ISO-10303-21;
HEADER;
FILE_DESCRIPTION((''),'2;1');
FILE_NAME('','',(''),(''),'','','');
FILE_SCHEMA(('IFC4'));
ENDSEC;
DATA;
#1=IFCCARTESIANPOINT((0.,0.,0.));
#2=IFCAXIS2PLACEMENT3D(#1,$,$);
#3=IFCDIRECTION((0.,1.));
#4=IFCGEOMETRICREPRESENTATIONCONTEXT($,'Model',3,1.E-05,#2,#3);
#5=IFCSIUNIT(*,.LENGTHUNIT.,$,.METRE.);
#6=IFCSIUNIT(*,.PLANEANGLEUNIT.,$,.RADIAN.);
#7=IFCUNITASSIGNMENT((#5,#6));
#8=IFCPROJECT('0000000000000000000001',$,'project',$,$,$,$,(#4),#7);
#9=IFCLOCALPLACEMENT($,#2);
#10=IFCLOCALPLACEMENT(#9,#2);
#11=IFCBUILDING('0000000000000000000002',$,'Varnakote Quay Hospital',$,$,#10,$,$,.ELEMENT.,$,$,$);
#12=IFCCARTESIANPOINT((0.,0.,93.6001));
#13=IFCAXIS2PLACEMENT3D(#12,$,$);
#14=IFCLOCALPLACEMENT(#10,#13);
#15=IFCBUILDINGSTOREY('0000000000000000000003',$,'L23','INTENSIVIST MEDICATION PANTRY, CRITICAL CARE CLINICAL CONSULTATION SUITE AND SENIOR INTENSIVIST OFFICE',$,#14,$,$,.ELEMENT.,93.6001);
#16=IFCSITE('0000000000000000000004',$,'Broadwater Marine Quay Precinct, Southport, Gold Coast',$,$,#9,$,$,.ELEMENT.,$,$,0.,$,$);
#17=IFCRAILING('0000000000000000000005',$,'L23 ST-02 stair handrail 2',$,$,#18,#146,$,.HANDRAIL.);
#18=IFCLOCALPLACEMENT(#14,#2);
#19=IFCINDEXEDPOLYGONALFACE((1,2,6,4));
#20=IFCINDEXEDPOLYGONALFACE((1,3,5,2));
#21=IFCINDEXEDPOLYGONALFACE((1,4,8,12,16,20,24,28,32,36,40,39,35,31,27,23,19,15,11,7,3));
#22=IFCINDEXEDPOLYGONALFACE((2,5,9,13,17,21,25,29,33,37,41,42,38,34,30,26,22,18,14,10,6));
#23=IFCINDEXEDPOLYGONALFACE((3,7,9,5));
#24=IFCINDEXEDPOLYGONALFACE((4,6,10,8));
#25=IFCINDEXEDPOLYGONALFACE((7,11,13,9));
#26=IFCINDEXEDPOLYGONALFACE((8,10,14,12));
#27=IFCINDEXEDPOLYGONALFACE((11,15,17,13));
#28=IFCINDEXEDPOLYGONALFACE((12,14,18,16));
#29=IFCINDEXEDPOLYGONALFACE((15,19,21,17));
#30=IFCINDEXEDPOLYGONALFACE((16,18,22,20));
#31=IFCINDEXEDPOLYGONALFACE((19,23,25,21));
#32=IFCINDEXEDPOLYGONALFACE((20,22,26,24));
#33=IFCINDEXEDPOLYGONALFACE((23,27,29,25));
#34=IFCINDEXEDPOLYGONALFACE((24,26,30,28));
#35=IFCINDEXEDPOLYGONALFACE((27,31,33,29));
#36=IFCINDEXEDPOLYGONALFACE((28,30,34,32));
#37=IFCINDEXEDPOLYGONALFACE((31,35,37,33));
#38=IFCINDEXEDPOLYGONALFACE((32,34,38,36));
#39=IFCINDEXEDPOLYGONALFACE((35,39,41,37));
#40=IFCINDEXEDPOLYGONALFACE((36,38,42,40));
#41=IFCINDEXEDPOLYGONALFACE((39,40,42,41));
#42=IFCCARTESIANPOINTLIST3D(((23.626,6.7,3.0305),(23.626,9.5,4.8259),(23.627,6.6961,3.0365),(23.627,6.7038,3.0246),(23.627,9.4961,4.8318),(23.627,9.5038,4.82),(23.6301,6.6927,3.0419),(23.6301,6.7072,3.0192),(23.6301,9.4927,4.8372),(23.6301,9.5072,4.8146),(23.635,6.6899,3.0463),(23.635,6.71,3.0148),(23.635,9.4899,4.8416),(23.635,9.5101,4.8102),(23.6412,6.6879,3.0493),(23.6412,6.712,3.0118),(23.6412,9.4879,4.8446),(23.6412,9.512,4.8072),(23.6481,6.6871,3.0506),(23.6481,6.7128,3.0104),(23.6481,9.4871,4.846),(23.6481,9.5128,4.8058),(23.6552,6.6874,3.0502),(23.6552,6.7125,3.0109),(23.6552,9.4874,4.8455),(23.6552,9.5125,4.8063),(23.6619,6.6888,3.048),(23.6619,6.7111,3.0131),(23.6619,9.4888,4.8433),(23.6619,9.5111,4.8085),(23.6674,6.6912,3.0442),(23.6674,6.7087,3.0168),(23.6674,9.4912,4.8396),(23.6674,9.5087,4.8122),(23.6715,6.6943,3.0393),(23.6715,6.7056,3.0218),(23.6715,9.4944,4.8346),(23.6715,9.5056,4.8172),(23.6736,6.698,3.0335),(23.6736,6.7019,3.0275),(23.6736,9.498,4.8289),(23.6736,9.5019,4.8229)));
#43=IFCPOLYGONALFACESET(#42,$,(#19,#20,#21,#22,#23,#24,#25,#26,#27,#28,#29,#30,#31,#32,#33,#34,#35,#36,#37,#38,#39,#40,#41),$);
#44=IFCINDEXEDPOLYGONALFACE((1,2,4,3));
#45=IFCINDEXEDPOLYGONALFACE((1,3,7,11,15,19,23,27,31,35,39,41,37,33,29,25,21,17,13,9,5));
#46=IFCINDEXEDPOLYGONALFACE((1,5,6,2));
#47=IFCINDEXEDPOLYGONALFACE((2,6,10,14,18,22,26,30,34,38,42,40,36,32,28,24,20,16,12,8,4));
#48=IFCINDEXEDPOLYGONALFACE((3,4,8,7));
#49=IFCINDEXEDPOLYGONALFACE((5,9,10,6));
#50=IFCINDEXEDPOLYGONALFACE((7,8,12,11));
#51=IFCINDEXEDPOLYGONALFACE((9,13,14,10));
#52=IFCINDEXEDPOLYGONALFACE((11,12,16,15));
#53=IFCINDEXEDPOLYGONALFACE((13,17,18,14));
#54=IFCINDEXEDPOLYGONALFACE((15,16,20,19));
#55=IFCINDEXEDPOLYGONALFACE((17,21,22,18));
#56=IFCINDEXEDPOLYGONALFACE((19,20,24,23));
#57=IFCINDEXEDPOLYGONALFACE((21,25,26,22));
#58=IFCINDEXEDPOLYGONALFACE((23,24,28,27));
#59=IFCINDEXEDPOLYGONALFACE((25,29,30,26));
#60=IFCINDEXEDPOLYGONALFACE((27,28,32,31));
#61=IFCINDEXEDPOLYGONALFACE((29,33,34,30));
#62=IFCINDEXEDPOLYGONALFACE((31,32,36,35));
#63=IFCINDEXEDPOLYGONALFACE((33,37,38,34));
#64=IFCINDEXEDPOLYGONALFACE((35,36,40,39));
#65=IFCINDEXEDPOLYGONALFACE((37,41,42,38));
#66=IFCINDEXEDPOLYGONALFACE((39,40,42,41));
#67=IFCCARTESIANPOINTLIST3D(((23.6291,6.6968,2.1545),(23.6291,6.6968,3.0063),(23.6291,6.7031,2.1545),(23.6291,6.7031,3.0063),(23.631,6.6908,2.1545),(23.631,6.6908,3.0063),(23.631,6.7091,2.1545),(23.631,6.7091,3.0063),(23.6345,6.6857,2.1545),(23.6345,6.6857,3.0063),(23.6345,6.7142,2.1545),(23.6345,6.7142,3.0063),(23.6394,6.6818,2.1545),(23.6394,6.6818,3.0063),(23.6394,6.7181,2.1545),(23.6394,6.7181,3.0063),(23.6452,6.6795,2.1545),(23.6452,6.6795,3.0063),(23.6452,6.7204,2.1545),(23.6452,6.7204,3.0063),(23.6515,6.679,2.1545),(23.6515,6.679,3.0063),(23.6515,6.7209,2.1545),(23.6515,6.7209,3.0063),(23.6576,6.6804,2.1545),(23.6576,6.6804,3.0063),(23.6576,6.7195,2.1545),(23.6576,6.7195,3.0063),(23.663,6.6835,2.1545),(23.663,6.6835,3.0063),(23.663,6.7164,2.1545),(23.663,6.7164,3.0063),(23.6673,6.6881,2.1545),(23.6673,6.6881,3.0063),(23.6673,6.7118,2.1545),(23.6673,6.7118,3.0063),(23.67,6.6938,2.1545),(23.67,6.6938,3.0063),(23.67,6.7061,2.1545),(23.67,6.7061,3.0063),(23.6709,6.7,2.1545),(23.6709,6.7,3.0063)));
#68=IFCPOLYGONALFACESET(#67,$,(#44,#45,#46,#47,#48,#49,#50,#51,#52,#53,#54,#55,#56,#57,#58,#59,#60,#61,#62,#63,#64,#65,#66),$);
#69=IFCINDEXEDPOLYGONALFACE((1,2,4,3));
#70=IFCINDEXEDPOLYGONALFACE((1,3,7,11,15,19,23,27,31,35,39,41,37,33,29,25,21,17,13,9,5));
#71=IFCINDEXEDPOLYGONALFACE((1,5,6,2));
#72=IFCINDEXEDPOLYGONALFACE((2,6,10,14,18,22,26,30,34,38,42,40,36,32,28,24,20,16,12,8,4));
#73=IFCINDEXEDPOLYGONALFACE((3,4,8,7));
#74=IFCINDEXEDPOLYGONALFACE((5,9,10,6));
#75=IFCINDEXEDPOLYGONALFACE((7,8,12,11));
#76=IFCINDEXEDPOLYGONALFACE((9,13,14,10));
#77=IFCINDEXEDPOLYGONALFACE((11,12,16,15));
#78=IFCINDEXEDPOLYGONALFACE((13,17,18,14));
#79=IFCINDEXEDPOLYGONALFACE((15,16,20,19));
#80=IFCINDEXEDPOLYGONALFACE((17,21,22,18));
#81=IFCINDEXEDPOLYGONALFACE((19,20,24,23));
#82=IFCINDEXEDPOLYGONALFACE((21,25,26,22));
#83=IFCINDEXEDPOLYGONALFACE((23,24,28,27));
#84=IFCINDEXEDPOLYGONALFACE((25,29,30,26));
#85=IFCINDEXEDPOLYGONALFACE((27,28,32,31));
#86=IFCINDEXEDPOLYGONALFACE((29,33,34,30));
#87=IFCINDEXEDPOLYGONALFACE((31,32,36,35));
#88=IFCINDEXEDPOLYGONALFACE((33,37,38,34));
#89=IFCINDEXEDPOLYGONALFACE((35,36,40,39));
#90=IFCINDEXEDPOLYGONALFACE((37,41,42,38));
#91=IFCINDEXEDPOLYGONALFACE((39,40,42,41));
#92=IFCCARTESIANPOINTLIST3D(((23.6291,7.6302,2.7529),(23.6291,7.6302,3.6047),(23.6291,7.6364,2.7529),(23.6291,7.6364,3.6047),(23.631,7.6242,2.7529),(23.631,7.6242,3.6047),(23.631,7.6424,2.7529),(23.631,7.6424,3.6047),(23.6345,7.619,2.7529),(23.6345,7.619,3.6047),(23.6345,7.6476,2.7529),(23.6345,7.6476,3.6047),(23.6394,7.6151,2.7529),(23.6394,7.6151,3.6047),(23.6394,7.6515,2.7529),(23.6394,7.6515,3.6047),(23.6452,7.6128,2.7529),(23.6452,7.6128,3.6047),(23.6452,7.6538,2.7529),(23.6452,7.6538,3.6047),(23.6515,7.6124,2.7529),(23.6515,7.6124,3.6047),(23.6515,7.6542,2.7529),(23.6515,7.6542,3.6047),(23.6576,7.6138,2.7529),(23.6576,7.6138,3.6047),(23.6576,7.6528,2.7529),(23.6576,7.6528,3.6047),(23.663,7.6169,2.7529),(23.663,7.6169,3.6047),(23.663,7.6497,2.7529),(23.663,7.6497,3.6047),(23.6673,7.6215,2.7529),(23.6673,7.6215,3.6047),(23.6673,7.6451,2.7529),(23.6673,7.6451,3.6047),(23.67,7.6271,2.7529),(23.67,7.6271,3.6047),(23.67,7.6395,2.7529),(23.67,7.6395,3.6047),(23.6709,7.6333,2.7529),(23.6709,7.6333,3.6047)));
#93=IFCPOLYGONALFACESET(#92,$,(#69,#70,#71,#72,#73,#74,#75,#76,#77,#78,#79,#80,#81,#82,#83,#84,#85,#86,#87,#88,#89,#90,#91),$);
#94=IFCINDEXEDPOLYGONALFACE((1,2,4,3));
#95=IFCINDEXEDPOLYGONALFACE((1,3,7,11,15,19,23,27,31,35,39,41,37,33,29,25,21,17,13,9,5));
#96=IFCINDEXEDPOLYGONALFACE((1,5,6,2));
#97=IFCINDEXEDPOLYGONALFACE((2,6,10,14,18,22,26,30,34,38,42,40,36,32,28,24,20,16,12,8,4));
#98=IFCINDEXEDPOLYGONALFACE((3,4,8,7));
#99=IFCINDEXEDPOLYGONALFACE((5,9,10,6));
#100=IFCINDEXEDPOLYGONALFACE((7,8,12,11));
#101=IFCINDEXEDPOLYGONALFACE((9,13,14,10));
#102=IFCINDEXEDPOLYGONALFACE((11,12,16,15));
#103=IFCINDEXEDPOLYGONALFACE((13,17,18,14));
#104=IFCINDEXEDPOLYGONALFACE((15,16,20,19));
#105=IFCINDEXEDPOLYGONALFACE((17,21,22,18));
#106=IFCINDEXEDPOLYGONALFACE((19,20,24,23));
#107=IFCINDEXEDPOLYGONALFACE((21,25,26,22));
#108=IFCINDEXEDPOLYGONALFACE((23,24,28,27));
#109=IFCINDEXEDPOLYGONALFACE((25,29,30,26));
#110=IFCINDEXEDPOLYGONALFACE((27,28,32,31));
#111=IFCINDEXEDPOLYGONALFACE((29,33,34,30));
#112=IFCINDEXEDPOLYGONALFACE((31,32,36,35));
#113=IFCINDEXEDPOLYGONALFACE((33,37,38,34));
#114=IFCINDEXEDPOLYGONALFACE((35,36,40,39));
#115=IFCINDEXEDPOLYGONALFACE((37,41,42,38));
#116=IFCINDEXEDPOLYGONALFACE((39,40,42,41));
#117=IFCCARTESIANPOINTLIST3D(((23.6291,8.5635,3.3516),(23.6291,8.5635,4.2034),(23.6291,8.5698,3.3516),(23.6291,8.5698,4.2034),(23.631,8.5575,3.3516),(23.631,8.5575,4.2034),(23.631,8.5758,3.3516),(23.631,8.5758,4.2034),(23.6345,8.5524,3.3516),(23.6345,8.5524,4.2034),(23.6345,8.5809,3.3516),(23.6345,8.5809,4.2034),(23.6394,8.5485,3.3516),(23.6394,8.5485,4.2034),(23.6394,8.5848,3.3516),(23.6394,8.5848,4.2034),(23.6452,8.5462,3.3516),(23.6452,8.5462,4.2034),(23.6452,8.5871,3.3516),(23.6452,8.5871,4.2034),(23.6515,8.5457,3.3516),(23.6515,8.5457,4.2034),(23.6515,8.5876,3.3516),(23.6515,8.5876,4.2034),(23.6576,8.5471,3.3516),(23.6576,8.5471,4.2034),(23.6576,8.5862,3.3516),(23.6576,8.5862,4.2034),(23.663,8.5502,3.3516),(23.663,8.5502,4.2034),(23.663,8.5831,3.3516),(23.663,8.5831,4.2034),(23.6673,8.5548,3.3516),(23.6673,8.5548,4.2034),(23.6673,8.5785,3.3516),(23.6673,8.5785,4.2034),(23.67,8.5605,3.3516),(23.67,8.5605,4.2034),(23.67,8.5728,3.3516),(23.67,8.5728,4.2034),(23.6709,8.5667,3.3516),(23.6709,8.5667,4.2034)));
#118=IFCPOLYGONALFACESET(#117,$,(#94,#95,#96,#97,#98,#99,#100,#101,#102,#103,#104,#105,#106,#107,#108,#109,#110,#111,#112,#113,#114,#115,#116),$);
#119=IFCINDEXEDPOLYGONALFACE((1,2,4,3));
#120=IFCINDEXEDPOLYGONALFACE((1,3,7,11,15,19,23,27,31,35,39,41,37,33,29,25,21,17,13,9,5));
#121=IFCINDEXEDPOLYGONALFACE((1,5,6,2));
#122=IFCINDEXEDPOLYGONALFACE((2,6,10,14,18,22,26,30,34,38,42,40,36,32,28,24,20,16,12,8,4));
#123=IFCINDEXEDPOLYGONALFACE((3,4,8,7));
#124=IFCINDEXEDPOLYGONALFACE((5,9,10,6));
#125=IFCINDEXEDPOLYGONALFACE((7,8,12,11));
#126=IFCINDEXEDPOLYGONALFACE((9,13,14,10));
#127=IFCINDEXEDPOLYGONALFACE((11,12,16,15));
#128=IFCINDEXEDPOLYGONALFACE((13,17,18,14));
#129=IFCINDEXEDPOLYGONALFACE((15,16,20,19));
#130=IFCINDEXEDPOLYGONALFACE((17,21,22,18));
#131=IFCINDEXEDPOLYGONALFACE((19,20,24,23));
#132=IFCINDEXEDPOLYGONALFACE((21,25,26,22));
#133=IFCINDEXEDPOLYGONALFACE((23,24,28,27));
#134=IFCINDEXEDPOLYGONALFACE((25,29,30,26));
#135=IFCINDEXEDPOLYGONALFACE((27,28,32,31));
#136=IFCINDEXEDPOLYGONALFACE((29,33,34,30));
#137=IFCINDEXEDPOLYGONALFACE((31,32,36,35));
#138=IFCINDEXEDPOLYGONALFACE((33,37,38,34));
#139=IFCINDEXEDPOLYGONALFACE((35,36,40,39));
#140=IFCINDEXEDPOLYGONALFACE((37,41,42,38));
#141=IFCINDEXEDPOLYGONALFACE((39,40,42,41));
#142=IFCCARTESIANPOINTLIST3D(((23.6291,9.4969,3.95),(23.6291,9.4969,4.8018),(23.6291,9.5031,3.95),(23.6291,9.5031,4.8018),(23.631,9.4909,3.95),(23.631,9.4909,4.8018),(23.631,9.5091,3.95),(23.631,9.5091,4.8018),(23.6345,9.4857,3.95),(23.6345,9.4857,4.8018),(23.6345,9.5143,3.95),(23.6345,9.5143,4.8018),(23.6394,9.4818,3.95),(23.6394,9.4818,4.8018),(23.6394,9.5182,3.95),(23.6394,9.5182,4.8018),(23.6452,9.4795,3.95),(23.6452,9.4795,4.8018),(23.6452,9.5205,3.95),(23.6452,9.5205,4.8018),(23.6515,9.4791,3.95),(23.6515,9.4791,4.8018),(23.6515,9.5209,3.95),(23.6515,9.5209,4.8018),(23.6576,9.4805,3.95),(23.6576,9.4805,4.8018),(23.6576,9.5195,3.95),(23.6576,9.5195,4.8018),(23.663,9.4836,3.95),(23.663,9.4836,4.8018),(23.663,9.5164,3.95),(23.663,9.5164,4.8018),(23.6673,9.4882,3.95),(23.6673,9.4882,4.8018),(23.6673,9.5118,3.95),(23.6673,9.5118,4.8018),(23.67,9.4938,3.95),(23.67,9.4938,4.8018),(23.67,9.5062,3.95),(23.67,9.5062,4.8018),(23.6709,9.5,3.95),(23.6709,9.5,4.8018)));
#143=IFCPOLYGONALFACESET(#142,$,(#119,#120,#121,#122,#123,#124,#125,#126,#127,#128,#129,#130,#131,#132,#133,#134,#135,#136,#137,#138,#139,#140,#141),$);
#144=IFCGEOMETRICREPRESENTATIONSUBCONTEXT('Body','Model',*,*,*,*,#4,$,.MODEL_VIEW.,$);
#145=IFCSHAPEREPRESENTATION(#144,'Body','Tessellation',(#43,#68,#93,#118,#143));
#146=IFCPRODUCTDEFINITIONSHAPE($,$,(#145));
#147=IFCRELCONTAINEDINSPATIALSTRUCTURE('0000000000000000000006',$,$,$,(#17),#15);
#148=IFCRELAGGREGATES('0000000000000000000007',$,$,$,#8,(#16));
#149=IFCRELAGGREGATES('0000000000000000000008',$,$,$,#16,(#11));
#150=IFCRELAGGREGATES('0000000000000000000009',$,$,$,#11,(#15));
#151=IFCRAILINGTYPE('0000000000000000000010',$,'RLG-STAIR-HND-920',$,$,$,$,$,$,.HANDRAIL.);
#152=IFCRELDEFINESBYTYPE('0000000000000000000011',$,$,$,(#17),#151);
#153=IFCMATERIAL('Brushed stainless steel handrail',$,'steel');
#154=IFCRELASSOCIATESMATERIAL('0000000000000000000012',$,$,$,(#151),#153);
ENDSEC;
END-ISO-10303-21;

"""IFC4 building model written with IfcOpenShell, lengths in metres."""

from ifc_helpers import new_model, si_unit, direction, frame, origin, origin_2d, place, context, subcontext, project, spatial, circle, extrude, material, type_object, element, save


model = new_model("IFC4")

# Units and contexts
model_context = context("Model", 3, precision=1e-05, world=origin(), true_north=direction((0.0, 1.0)))
body_context = subcontext(model_context, "Body", "Model", "MODEL_VIEW")
ifc_project = project(units=[si_unit("LENGTHUNIT", "METRE"), si_unit("PLANEANGLEUNIT", "RADIAN")], contexts=[model_context])

# Site, building, storey
site_placement = place(None, origin())
site = spatial("IfcSite", under=ifc_project, at=site_placement, Name="Broadwater Marine Quay Precinct, Southport, Gold Coast", CompositionType="ELEMENT", RefElevation=0.0)
building_placement = place(site_placement, origin())
building = spatial("IfcBuilding", under=site, at=building_placement, Name="Varnakote Quay Hospital", CompositionType="ELEMENT")
storey_placement = place(building_placement, frame((0.0, 0.0, 93.6001)))
storey = spatial("IfcBuildingStorey", under=building, at=storey_placement, Name="L23", Description="INTENSIVIST MEDICATION PANTRY, CRITICAL CARE CLINICAL CONSULTATION SUITE AND SENIOR INTENSIVIST OFFICE", CompositionType="ELEMENT", Elevation=93.6001)

# Railing
ifc_material_1 = material(Name="Brushed stainless steel handrail", Category="steel")
railing_type_1 = type_object("IfcRailingType", Name="RLG-STAIR-HND-920", PredefinedType="HANDRAIL", material=ifc_material_1)
railing_1_placement = place(storey_placement, frame((23.6499, 6.7, 2.1545)))
element("IfcRailing", 1, at=railing_1_placement, inside=storey, type_object=railing_type_1, Name="L23 ST-02 stair handrail 2", PredefinedType="HANDRAIL", context=body_context, shape_type="SweptSolid", body=[
    extrude(circle(Radius=0.0239, at=origin_2d()), frame((0.0, 0.0, 0.876), z_axis=(0.0, 0.84181, 0.539774), x_axis=(-1.0, 0.0, 0.0)), (0.0, 0.0, 1.0), 3.3262),
    extrude(circle(Radius=0.021, at=origin_2d()), origin(), (0.0, 0.0, 1.0), 0.8518),
    extrude(circle(Radius=0.021, at=origin_2d()), frame((0.0, 0.9333, 0.5984)), (0.0, 0.0, 1.0), 0.8518),
    extrude(circle(Radius=0.021, at=origin_2d()), frame((0.0, 1.8667, 1.197)), (0.0, 0.0, 1.0), 0.8518),
    extrude(circle(Radius=0.021, at=origin_2d()), frame((0.0, 2.8, 1.7954)), (0.0, 0.0, 1.0), 0.8518),
])

save(model, "model.ifc")
